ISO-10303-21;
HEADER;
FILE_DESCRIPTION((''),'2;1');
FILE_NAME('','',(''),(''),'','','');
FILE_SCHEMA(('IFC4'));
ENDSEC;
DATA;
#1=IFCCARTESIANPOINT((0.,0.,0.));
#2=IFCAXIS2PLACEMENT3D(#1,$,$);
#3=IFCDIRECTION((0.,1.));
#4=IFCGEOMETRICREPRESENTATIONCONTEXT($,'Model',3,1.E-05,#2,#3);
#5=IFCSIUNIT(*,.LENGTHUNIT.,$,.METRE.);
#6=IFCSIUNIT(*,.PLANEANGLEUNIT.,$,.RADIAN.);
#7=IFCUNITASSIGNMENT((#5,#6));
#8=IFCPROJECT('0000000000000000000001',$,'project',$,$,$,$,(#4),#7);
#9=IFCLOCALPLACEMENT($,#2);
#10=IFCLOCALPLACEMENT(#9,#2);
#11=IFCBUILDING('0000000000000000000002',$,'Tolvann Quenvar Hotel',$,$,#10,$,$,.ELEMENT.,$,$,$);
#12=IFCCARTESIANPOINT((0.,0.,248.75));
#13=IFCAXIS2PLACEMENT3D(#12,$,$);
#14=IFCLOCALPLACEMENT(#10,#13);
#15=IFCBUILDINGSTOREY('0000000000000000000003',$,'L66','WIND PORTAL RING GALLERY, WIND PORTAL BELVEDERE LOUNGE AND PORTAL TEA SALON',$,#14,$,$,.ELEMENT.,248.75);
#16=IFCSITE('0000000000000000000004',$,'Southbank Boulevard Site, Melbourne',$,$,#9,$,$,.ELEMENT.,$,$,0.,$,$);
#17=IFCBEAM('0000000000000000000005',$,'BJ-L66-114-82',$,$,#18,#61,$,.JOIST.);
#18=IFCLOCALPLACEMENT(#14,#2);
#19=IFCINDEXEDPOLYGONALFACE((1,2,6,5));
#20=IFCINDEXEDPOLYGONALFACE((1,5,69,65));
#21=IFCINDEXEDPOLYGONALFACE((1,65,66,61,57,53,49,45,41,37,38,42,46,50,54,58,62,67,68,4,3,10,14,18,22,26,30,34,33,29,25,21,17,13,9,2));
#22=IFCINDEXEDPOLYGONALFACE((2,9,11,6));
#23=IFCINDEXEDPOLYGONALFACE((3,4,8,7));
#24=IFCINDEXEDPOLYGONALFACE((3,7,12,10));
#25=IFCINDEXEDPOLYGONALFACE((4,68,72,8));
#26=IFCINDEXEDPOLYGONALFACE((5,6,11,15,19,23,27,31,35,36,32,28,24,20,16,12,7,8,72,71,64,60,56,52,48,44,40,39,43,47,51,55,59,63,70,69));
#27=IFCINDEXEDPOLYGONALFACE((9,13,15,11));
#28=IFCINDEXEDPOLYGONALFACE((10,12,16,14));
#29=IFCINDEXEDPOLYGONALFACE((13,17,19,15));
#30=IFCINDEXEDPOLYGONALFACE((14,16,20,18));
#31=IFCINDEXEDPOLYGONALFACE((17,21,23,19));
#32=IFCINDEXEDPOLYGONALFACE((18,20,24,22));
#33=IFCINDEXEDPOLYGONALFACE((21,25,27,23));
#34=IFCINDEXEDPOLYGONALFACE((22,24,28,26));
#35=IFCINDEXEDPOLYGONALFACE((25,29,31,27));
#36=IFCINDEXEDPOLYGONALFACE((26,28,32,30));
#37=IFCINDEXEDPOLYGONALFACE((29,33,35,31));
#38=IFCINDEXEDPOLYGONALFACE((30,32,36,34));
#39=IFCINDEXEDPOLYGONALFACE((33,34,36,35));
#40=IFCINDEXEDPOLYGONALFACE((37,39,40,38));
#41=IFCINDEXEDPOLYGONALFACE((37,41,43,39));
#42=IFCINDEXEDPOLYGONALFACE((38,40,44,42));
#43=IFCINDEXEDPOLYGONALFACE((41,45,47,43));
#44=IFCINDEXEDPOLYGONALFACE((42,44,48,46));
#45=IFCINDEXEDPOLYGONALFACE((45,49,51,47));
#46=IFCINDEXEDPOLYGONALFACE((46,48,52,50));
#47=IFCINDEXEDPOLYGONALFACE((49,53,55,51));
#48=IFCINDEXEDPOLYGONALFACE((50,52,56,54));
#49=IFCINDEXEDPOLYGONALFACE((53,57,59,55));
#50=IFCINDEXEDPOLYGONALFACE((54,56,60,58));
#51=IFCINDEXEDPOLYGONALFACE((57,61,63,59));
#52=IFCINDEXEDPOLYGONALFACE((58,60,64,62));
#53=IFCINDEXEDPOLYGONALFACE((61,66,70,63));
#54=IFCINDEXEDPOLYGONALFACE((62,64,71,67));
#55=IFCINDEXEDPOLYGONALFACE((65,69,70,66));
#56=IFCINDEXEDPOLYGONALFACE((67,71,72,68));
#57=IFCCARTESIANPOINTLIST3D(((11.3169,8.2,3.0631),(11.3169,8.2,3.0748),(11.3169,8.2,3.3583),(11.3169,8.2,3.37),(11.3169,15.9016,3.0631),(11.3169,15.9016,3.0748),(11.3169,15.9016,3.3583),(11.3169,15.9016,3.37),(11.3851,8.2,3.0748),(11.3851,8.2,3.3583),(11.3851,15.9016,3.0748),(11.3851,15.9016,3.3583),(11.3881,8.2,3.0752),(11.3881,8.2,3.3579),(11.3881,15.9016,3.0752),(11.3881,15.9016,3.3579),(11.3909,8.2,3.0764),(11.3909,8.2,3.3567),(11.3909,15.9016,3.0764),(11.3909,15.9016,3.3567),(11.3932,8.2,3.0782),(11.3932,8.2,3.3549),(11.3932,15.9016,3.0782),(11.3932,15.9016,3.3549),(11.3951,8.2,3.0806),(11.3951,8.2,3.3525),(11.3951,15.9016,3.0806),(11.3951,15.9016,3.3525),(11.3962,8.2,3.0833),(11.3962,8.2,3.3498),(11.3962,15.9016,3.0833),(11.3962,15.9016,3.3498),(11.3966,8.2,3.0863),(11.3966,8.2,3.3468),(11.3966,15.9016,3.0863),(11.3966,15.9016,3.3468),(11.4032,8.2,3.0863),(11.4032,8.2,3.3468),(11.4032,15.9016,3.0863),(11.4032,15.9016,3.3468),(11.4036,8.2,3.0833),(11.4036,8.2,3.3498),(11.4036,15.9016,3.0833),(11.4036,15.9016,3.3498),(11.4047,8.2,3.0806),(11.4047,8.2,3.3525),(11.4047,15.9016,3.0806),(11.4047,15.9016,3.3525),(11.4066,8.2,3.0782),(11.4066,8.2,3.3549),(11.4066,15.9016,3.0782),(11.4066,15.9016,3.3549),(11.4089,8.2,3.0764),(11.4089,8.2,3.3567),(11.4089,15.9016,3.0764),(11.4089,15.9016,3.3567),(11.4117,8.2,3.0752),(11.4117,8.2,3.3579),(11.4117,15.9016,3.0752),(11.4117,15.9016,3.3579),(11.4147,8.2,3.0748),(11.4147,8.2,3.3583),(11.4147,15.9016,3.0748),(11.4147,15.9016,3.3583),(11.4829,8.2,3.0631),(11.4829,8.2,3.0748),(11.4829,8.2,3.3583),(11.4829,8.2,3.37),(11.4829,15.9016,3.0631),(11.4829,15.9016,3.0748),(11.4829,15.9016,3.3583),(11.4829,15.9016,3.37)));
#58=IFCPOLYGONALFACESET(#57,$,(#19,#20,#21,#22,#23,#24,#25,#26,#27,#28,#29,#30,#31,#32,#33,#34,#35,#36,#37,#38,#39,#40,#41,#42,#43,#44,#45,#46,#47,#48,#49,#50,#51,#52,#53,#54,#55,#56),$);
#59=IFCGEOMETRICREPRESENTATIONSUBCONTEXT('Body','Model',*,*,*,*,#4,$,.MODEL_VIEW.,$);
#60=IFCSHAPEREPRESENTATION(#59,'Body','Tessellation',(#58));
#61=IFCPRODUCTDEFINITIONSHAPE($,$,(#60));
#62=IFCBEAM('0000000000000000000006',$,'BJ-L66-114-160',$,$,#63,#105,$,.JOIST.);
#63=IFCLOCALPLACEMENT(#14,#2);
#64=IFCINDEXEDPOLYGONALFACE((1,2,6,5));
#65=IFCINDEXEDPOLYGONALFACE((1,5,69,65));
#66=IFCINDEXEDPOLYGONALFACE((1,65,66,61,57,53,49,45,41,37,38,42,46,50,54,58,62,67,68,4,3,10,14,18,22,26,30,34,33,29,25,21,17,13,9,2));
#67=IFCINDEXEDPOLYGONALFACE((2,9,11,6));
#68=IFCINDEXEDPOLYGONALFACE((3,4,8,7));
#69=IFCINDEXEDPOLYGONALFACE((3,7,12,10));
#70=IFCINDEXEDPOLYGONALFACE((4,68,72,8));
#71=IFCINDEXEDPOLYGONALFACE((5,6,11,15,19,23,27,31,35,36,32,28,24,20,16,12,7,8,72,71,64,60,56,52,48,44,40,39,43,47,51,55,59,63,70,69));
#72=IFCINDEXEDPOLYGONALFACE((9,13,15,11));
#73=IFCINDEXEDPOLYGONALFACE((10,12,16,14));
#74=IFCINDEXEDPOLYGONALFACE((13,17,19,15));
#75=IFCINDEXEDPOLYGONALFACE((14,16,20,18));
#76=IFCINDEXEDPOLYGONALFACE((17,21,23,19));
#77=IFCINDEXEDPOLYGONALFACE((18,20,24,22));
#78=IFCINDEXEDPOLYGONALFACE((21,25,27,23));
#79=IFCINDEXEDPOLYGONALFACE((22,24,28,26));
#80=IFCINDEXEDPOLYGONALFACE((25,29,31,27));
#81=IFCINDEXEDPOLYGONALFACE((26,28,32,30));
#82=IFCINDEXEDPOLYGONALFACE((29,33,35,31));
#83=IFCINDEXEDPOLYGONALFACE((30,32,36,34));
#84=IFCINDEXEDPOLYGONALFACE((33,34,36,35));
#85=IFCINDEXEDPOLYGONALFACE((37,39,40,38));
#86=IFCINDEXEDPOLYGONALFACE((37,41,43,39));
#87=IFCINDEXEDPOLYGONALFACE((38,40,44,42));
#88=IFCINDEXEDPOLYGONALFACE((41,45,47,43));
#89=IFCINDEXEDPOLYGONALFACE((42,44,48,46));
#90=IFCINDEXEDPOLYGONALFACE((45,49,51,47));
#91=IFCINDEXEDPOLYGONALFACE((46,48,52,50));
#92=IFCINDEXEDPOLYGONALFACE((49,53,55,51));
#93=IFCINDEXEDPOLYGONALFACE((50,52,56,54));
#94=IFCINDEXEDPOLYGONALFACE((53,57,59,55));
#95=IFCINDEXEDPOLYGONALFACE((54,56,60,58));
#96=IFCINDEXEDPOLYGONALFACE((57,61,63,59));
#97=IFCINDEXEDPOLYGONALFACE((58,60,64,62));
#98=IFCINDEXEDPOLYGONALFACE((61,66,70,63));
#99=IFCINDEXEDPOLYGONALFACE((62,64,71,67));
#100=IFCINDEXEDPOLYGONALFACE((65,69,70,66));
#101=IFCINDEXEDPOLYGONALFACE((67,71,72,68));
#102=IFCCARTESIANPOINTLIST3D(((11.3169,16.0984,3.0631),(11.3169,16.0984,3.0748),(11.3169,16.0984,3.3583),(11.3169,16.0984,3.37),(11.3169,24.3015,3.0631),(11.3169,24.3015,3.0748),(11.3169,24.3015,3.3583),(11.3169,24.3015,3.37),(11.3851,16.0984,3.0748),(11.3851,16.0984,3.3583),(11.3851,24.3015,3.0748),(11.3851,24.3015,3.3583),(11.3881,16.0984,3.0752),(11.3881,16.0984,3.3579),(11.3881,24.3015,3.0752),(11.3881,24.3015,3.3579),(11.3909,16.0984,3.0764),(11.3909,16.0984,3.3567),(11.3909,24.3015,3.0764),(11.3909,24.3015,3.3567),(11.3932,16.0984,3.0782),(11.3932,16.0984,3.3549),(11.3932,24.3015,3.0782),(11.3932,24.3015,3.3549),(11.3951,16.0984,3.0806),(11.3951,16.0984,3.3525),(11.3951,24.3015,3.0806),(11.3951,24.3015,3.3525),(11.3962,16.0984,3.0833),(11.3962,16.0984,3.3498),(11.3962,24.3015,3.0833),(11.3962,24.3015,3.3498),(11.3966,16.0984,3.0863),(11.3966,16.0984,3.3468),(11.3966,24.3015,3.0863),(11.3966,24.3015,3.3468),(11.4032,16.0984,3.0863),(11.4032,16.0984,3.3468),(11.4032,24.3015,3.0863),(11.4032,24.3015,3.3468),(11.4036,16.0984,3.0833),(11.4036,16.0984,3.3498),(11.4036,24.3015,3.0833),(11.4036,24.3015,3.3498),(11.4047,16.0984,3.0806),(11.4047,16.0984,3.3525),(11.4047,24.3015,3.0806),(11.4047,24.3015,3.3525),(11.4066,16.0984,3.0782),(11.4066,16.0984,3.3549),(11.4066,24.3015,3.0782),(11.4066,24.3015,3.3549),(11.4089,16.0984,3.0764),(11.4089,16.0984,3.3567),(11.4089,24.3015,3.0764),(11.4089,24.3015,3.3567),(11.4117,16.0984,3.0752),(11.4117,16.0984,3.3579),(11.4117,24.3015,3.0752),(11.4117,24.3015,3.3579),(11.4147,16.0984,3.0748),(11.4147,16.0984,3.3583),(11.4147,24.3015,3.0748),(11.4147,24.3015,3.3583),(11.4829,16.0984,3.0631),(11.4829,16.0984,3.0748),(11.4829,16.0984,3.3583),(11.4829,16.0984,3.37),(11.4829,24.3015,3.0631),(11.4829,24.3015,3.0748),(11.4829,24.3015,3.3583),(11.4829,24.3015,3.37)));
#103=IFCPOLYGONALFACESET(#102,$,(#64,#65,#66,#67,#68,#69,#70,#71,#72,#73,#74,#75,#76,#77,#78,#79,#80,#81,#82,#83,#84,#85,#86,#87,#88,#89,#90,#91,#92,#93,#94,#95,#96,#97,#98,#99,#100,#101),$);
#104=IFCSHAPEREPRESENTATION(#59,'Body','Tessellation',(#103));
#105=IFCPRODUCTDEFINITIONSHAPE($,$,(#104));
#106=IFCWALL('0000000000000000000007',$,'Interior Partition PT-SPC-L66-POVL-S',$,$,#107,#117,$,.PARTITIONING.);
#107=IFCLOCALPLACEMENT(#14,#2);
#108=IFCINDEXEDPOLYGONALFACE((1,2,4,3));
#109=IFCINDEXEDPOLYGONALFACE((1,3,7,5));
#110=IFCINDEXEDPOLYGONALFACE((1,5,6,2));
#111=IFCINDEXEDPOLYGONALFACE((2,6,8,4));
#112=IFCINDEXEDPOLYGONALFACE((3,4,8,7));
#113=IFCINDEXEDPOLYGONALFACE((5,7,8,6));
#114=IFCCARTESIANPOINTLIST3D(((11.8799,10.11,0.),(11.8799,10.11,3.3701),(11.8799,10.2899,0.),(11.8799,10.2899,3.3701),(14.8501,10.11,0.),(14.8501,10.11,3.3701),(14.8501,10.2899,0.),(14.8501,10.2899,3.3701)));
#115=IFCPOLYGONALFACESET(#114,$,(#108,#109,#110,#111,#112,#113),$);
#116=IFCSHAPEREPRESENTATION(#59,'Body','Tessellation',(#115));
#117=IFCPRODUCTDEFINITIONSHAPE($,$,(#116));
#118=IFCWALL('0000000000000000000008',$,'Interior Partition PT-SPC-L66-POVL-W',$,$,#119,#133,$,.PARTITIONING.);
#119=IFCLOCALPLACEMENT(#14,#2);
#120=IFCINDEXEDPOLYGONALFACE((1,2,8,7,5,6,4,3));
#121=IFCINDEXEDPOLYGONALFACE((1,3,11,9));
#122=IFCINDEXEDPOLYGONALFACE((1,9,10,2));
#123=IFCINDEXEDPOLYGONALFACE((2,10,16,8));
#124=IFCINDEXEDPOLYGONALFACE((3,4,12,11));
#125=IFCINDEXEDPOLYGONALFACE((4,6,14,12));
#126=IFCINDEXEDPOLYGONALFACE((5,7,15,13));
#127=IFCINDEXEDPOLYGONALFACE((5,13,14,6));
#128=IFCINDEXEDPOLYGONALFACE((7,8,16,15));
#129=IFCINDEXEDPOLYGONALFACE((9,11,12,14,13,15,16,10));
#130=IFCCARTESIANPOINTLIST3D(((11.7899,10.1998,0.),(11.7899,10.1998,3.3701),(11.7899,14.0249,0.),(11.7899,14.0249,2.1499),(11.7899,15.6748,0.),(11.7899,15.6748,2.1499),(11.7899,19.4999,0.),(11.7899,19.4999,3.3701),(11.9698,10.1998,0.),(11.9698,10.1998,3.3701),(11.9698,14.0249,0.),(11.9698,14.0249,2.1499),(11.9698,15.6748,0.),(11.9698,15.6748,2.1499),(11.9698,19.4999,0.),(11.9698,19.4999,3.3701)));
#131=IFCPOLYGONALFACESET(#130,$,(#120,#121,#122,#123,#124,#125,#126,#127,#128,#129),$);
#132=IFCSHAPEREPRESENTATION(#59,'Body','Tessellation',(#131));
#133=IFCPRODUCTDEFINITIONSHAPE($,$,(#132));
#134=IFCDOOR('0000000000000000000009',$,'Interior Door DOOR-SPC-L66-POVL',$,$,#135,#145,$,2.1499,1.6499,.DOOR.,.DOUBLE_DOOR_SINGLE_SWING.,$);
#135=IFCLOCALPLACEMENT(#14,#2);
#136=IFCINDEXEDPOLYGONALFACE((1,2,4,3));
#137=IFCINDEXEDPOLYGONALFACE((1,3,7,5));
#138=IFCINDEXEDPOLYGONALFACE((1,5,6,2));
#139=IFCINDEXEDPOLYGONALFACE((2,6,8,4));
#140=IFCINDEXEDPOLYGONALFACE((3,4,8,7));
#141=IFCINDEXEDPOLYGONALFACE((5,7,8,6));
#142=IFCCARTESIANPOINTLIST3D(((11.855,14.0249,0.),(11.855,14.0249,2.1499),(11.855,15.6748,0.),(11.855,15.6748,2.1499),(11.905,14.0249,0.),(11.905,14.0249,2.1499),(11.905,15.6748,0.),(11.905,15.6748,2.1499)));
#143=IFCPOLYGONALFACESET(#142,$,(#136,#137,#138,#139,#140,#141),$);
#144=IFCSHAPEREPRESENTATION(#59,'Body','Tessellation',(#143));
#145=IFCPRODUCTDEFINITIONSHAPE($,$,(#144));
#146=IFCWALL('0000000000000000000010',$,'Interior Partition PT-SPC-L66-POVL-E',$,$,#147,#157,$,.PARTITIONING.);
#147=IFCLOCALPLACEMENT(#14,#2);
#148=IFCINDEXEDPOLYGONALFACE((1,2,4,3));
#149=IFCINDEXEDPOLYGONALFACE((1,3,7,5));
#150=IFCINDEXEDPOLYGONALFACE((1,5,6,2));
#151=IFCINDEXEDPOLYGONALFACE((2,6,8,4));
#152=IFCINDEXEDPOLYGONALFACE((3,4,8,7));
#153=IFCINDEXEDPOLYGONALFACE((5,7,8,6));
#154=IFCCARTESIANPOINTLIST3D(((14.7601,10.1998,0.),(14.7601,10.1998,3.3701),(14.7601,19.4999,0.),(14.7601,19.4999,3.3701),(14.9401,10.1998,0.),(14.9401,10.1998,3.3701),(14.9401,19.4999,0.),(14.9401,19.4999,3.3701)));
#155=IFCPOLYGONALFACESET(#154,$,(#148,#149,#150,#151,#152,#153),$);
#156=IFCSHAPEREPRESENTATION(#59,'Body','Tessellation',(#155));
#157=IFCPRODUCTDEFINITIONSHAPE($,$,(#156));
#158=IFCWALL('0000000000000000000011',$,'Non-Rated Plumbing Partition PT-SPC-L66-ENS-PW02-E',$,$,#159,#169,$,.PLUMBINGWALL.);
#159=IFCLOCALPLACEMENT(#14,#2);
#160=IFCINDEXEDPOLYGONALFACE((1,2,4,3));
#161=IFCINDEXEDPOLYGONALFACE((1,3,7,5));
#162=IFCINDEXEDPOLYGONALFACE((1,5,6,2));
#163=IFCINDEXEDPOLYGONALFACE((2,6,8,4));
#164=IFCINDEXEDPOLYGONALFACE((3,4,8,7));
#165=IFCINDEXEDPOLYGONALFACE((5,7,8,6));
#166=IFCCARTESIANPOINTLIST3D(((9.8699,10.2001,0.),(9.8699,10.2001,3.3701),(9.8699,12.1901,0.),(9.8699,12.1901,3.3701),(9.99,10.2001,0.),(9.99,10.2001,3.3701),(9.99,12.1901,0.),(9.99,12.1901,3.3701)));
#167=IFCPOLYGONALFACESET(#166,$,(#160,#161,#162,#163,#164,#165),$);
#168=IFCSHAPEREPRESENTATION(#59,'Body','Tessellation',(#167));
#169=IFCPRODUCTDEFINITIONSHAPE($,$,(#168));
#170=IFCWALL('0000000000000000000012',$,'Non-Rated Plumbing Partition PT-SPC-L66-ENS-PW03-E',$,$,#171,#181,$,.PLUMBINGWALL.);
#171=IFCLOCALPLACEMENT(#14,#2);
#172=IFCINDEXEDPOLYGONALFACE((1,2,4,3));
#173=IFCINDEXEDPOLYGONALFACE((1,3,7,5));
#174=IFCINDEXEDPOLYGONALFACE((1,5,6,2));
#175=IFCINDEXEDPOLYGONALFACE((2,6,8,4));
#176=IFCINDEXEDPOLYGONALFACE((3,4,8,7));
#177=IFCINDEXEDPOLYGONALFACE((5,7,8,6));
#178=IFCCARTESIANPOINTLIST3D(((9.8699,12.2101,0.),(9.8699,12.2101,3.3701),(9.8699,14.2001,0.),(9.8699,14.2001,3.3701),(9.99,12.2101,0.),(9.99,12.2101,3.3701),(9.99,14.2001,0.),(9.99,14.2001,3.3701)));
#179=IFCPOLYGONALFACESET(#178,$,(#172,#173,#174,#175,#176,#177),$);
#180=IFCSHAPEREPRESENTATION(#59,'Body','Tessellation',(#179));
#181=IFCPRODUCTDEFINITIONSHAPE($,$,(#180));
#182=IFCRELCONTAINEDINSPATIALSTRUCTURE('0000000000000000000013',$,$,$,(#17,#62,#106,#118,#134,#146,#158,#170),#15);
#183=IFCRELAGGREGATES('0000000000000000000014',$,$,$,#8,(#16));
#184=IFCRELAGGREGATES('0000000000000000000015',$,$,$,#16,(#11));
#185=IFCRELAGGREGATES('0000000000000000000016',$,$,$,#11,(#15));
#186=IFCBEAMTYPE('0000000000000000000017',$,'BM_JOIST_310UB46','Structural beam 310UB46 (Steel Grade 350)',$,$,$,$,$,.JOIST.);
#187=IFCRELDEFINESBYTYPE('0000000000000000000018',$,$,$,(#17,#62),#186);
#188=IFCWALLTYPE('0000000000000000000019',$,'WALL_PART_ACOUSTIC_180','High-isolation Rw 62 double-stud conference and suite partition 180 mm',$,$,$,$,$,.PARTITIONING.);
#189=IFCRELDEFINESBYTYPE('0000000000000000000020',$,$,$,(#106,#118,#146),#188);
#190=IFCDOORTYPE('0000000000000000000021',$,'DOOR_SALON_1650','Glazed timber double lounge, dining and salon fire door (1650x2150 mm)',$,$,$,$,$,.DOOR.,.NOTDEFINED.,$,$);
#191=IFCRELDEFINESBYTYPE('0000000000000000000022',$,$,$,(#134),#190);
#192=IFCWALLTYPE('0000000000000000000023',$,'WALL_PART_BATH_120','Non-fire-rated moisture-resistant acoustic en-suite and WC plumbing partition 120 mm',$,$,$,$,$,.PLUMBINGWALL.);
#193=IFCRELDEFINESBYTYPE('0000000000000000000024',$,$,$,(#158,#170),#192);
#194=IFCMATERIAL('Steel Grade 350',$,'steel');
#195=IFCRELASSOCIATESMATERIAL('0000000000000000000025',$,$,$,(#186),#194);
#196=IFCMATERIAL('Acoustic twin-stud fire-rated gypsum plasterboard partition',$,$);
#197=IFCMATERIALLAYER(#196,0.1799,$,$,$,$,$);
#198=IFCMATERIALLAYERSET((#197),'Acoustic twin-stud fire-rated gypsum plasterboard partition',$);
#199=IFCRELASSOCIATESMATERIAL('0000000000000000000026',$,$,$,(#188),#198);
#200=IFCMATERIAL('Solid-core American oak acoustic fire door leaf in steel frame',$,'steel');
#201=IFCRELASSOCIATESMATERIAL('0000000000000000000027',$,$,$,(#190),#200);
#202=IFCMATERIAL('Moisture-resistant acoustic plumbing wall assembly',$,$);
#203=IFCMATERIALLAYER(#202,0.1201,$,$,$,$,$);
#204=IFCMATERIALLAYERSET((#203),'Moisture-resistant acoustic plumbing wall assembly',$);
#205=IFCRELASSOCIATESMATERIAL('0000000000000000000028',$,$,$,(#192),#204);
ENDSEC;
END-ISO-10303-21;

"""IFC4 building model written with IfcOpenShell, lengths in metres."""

from ifc_helpers import new_model, si_unit, direction, frame, frame_2d, origin, origin_2d, place, context, subcontext, project, spatial, rectangle, i_section, extrude, source, transform, mapped, material, layer, layer_set, material_profile, profile_set, type_object, type_shapes, element, fill, save


model = new_model("IFC4")

# Units and contexts
model_context = context("Model", 3, precision=1e-05, world=origin(), true_north=direction((0.0, 1.0)))
body_context = subcontext(model_context, "Body", "Model", "MODEL_VIEW")
ifc_project = project(units=[si_unit("LENGTHUNIT", "METRE"), si_unit("PLANEANGLEUNIT", "RADIAN")], contexts=[model_context])

# Site, building, storey
site_placement = place(None, origin())
site = spatial("IfcSite", under=ifc_project, at=site_placement, Name="Southbank Boulevard Site, Melbourne", CompositionType="ELEMENT", RefElevation=0.0)
building_placement = place(site_placement, origin())
building = spatial("IfcBuilding", under=site, at=building_placement, Name="Tolvann Quenvar Hotel", CompositionType="ELEMENT")
storey_placement = place(building_placement, frame((0.0, 0.0, 248.75)))
storey = spatial("IfcBuildingStorey", under=building, at=storey_placement, Name="L66", Description="WIND PORTAL RING GALLERY, WIND PORTAL BELVEDERE LOUNGE AND PORTAL TEA SALON", CompositionType="ELEMENT", Elevation=248.75)

# Shared definitions
ifc_material_1 = material(Name="Steel Grade 350", Category="steel")

# Beams
ifc_material_profile_1 = material_profile(ifc_material_1, i_section(OverallWidth=0.166, OverallDepth=0.3069, WebThickness=0.0066, FlangeThickness=0.0117, FilletRadius=0.0115, at=origin_2d()), Name="310UB46")
ifc_profile_set_1 = profile_set([ifc_material_profile_1], Name="Steel Grade 350")
beam_type_1 = type_object("IfcBeamType", Name="BM_JOIST_310UB46", Description="Structural beam 310UB46 (Steel Grade 350)", PredefinedType="JOIST", material=ifc_profile_set_1)
shared_shape_1 = source(origin(), body_context, "Body", "SweptSolid", [
    extrude(i_section(OverallWidth=0.166, OverallDepth=0.3069, WebThickness=0.0066, FlangeThickness=0.0117, FilletRadius=0.0115, at=origin_2d()), origin(), (0.0, 0.0, 1.0), 7.7017),
])
beam_1_placement = place(storey_placement, frame((11.3999, 8.2, 3.2166), z_axis=(0.0, 1.0, 0.0), x_axis=(-1.0, 0.0, 0.0)))
element("IfcBeam", 1, at=beam_1_placement, inside=storey, type_object=beam_type_1, Name="BJ-L66-114-82", PredefinedType="JOIST", context=body_context, shape_type="MappedRepresentation", body=[
    mapped(shared_shape_1, transform((0.0, 0.0, 0.0), x_axis=(1.0, 0.0, 0.0), y_axis=(0.0, 1.0, 0.0), z_axis=(0.0, 0.0, 1.0), scale=1.0)),
])
shared_shape_2 = source(origin(), body_context, "Body", "SweptSolid", [
    extrude(i_section(OverallWidth=0.166, OverallDepth=0.3069, WebThickness=0.0066, FlangeThickness=0.0117, FilletRadius=0.0115, at=origin_2d()), origin(), (0.0, 0.0, 1.0), 8.2031),
])
type_shapes(beam_type_1, [shared_shape_1, shared_shape_2])
beam_2_placement = place(storey_placement, frame((11.3999, 16.0984, 3.2166), z_axis=(0.0, 1.0, 0.0), x_axis=(-1.0, 0.0, 0.0)))
element("IfcBeam", 2, at=beam_2_placement, inside=storey, type_object=beam_type_1, Name="BJ-L66-114-160", PredefinedType="JOIST", context=body_context, shape_type="MappedRepresentation", body=[
    mapped(shared_shape_2, transform((0.0, 0.0, 0.0), x_axis=(1.0, 0.0, 0.0), y_axis=(0.0, 1.0, 0.0), z_axis=(0.0, 0.0, 1.0), scale=1.0)),
])

# Wall
ifc_material_2 = material(Name="Acoustic twin-stud fire-rated gypsum plasterboard partition")
ifc_layer_1 = layer(ifc_material_2, 0.1799)
ifc_layer_set_1 = layer_set([ifc_layer_1], Name="Acoustic twin-stud fire-rated gypsum plasterboard partition")
wall_type_1 = type_object("IfcWallType", Name="WALL_PART_ACOUSTIC_180", Description="High-isolation Rw 62 double-stud conference and suite partition 180 mm", PredefinedType="PARTITIONING", material=ifc_layer_set_1)
wall_1_placement = place(storey_placement, frame((11.8799, 10.2, 0.0), z_axis=(0.0, 0.0, 1.0), x_axis=(1.0, 0.0, 0.0)))
element("IfcWall", 3, at=wall_1_placement, inside=storey, type_object=wall_type_1, Name="Interior Partition PT-SPC-L66-POVL-S", PredefinedType="PARTITIONING", context=body_context, shape_type="SweptSolid", body=[
    extrude(rectangle(XDim=2.9702, YDim=0.1799, at=frame_2d((1.4851, 0.0))), origin(), (0.0, 0.0, 1.0), 3.3701),
])

# Wall, opening, door
wall_2_placement = place(storey_placement, frame((11.8799, 10.2, 0.0), z_axis=(0.0, 0.0, 1.0), x_axis=(0.0, 1.0, 0.0)))
wall_2 = element("IfcWall", 4, at=wall_2_placement, inside=storey, type_object=wall_type_1, Name="Interior Partition PT-SPC-L66-POVL-W", PredefinedType="PARTITIONING", context=body_context, shape_type="SweptSolid", body=[
    extrude(rectangle(XDim=9.3, YDim=0.1799, at=frame_2d((4.6499, 0.0))), origin(), (0.0, 0.0, 1.0), 3.3701),
])
opening_1_placement = place(wall_2_placement, frame((3.825, 0.0, 0.0)))
opening_1 = element("IfcOpeningElement", 5, at=opening_1_placement, cuts=wall_2, PredefinedType="OPENING", context=body_context, shape_type="SweptSolid", body=[
    extrude(rectangle(XDim=1.6499, YDim=2.1499, at=frame_2d((0.825, 1.075))), frame((0.0, 0.1001, 0.0), z_axis=(0.0, -1.0, 0.0), x_axis=(1.0, 0.0, 0.0)), (0.0, 0.0, 1.0), 0.2),
])
ifc_material_3 = material(Name="Solid-core American oak acoustic fire door leaf in steel frame", Category="steel")
door_type_1 = type_object("IfcDoorType", Name="DOOR_SALON_1650", Description="Glazed timber double lounge, dining and salon fire door (1650x2150 mm)", OperationType="NOTDEFINED", PredefinedType="DOOR", material=ifc_material_3)
shared_shape_3 = source(origin(), body_context, "Body", "SweptSolid", [
    extrude(rectangle(XDim=1.6499, YDim=2.1499, at=frame_2d((0.825, 1.075))), frame((0.0, 0.0249, 0.0), z_axis=(0.0, -1.0, 0.0), x_axis=(1.0, 0.0, 0.0)), (0.0, 0.0, 1.0), 0.05),
])
type_shapes(door_type_1, [shared_shape_3])
door_1_placement = place(opening_1_placement, origin())
door_1 = element("IfcDoor", 6, at=door_1_placement, inside=storey, type_object=door_type_1, Name="Interior Door DOOR-SPC-L66-POVL", OperationType="DOUBLE_DOOR_SINGLE_SWING", OverallHeight=2.1499, OverallWidth=1.6499, PredefinedType="DOOR", context=body_context, shape_type="MappedRepresentation", body=[
    mapped(shared_shape_3, transform((0.0, 0.0, 0.0), x_axis=(1.0, 0.0, 0.0), y_axis=(0.0, 1.0, 0.0), z_axis=(0.0, 0.0, 1.0), scale=1.0)),
])
fill(opening_1, door_1)

# Walls
wall_3_placement = place(storey_placement, frame((14.8501, 10.2, 0.0), z_axis=(0.0, 0.0, 1.0), x_axis=(0.0, 1.0, 0.0)))
element("IfcWall", 7, at=wall_3_placement, inside=storey, type_object=wall_type_1, Name="Interior Partition PT-SPC-L66-POVL-E", PredefinedType="PARTITIONING", context=body_context, shape_type="SweptSolid", body=[
    extrude(rectangle(XDim=9.3, YDim=0.1799, at=frame_2d((4.6499, 0.0))), origin(), (0.0, 0.0, 1.0), 3.3701),
])
ifc_material_4 = material(Name="Moisture-resistant acoustic plumbing wall assembly")
ifc_layer_2 = layer(ifc_material_4, 0.1201)
ifc_layer_set_2 = layer_set([ifc_layer_2], Name="Moisture-resistant acoustic plumbing wall assembly")
wall_type_2 = type_object("IfcWallType", Name="WALL_PART_BATH_120", Description="Non-fire-rated moisture-resistant acoustic en-suite and WC plumbing partition 120 mm", PredefinedType="PLUMBINGWALL", material=ifc_layer_set_2)
for number, where, z_axis, x_axis, name in (
    (8, (9.9299, 10.2, 0.0), (0.0, 0.0, 1.0), (0.0, 1.0, 0.0), "Non-Rated Plumbing Partition PT-SPC-L66-ENS-PW02-E"),
    (9, (9.9299, 12.21, 0.0), (0.0, 0.0, 1.0), (0.0, 1.0, 0.0), "Non-Rated Plumbing Partition PT-SPC-L66-ENS-PW03-E"),
):
    element("IfcWall", number, at=place(storey_placement, frame(where, z_axis=z_axis, x_axis=x_axis)), inside=storey, type_object=wall_type_2, Name=name, PredefinedType="PLUMBINGWALL", context=body_context, shape_type="SweptSolid", body=[
        extrude(rectangle(XDim=1.99, YDim=0.1201, at=frame_2d((0.9951, 0.0))), origin(), (0.0, 0.0, 1.0), 3.3701),
    ])

save(model, "model.ifc")
